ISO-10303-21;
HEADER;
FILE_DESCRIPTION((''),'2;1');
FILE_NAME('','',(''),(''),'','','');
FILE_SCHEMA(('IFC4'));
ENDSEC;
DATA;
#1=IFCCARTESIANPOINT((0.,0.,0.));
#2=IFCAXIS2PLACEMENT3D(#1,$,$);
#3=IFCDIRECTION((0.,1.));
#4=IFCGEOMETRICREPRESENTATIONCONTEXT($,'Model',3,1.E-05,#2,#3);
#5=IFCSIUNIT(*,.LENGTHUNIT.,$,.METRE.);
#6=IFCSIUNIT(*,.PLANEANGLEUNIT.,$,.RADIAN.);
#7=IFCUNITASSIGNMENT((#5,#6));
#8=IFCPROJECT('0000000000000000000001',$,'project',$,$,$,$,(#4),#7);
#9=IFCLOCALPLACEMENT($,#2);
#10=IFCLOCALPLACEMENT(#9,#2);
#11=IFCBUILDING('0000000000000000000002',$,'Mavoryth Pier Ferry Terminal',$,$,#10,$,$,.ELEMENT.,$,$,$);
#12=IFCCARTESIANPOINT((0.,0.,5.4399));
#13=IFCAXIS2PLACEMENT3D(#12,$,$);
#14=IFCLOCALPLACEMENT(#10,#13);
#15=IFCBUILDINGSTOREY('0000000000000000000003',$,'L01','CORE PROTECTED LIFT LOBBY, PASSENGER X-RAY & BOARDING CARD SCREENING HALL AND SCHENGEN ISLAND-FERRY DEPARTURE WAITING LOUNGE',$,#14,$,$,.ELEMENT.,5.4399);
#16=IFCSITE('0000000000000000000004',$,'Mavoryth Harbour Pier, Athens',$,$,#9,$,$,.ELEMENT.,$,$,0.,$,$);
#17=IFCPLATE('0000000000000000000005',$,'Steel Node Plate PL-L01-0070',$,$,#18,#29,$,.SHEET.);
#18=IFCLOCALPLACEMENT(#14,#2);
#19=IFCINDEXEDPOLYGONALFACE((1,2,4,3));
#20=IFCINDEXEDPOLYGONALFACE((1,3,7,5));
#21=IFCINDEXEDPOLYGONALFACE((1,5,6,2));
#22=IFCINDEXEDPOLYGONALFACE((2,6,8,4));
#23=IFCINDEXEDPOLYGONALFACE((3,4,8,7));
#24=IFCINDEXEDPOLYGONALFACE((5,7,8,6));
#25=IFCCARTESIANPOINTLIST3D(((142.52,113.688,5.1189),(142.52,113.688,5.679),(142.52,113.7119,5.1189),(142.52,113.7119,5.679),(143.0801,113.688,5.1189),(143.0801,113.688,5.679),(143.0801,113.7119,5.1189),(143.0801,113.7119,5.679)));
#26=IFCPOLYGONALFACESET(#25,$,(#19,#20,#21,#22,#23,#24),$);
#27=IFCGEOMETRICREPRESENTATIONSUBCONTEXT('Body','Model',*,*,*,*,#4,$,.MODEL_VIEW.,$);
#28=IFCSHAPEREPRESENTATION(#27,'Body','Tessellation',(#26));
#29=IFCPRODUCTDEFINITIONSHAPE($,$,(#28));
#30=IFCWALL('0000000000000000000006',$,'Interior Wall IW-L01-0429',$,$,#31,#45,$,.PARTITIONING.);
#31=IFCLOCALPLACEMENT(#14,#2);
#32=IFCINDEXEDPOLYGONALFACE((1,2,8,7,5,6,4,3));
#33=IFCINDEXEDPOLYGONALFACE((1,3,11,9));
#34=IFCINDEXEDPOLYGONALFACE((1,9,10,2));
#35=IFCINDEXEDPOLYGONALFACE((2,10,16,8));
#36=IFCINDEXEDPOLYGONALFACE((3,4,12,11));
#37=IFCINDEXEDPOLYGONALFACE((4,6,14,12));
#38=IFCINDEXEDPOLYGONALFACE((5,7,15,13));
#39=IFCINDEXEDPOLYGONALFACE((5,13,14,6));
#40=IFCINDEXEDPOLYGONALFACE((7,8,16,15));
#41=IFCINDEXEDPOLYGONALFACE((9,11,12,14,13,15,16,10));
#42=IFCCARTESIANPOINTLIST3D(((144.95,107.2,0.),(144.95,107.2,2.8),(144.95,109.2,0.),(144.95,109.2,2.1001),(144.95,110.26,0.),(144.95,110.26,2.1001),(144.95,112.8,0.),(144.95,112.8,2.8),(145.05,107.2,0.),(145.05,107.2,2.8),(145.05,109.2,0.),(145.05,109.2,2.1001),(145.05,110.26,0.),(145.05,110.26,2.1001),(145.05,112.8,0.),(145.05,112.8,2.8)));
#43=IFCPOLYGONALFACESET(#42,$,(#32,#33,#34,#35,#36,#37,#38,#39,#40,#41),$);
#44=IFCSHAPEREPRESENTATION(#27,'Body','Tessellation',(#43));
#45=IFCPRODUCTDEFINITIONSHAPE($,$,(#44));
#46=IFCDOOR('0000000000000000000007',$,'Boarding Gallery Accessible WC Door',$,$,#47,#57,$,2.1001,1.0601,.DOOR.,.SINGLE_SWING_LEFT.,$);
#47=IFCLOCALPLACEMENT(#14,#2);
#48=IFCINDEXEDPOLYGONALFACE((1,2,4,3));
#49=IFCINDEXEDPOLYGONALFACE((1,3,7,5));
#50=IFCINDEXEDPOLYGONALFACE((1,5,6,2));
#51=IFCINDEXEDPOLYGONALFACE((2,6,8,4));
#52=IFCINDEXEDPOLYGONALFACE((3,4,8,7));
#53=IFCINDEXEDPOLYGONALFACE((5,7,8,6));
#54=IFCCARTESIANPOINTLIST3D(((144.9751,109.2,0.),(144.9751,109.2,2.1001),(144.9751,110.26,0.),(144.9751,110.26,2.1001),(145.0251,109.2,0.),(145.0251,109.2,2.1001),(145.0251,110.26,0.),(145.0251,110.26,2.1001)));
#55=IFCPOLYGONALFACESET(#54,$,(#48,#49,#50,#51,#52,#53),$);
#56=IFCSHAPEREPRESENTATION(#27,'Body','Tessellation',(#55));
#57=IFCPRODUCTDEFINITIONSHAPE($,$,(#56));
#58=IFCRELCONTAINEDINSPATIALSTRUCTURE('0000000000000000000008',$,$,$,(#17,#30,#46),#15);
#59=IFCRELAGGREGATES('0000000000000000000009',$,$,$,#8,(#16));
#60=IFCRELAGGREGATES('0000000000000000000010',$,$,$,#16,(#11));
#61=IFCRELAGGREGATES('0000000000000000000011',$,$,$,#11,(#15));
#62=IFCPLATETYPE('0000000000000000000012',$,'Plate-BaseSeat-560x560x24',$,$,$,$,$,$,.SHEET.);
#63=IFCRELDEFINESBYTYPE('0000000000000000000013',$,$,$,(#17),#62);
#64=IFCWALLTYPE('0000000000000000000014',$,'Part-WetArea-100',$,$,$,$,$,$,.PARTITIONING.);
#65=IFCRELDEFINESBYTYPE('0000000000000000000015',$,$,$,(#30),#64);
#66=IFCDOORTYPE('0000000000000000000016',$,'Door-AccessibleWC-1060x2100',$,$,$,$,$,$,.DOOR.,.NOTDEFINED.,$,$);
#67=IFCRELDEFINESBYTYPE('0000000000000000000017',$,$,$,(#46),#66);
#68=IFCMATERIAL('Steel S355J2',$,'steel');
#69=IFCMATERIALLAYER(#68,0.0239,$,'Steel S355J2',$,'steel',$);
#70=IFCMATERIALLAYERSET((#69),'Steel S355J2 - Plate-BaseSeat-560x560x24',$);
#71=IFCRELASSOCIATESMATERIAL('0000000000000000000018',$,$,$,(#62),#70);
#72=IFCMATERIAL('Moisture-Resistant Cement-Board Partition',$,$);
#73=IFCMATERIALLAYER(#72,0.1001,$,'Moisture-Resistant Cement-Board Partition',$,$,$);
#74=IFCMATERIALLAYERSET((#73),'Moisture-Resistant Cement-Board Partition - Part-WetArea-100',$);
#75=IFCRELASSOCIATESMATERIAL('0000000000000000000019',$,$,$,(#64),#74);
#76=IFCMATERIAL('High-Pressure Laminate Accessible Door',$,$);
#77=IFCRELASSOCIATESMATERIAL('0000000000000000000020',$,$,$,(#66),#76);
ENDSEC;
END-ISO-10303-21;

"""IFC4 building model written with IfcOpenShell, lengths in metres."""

from ifc_helpers import new_model, si_unit, direction, frame, frame_2d, origin, origin_2d, place, context, subcontext, project, spatial, rectangle, extrude, material, layer, layer_set, type_object, element, fill, save


model = new_model("IFC4")

# Units and contexts
model_context = context("Model", 3, precision=1e-05, world=origin(), true_north=direction((0.0, 1.0)))
body_context = subcontext(model_context, "Body", "Model", "MODEL_VIEW")
ifc_project = project(units=[si_unit("LENGTHUNIT", "METRE"), si_unit("PLANEANGLEUNIT", "RADIAN")], contexts=[model_context])

# Site, building, storey
site_placement = place(None, origin())
site = spatial("IfcSite", under=ifc_project, at=site_placement, Name="Mavoryth Harbour Pier, Athens", CompositionType="ELEMENT", RefElevation=0.0)
building_placement = place(site_placement, origin())
building = spatial("IfcBuilding", under=site, at=building_placement, Name="Mavoryth Pier Ferry Terminal", CompositionType="ELEMENT")
storey_placement = place(building_placement, frame((0.0, 0.0, 5.4399)))
storey = spatial("IfcBuildingStorey", under=building, at=storey_placement, Name="L01", Description="CORE PROTECTED LIFT LOBBY, PASSENGER X-RAY & BOARDING CARD SCREENING HALL AND SCHENGEN ISLAND-FERRY DEPARTURE WAITING LOUNGE", CompositionType="ELEMENT", Elevation=5.4399)

# Shared definitions
ifc_material_1 = material(Name="Steel S355J2", Category="steel")

# Plate
ifc_layer_1 = layer(ifc_material_1, 0.0239, Name="Steel S355J2", Category="steel")
ifc_layer_set_1 = layer_set([ifc_layer_1], Name="Steel S355J2 - Plate-BaseSeat-560x560x24")
plate_type_1 = type_object("IfcPlateType", Name="Plate-BaseSeat-560x560x24", PredefinedType="SHEET", material=ifc_layer_set_1)
plate_1_placement = place(storey_placement, frame((142.8, 113.7, 5.1189), z_axis=(0.0, 0.0, 1.0), x_axis=(1.0, 0.0, 0.0)))
element("IfcPlate", 1, at=plate_1_placement, inside=storey, type_object=plate_type_1, Name="Steel Node Plate PL-L01-0070", PredefinedType="SHEET", context=body_context, shape_type="SweptSolid", body=[
    extrude(rectangle(XDim=0.5601, YDim=0.0239, at=origin_2d()), origin(), (0.0, 0.0, 1.0), 0.5601),
])

# Wall, opening, door
ifc_material_2 = material(Name="Moisture-Resistant Cement-Board Partition")
ifc_layer_2 = layer(ifc_material_2, 0.1001, Name="Moisture-Resistant Cement-Board Partition")
ifc_layer_set_2 = layer_set([ifc_layer_2], Name="Moisture-Resistant Cement-Board Partition - Part-WetArea-100")
wall_type = type_object("IfcWallType", Name="Part-WetArea-100", PredefinedType="PARTITIONING", material=ifc_layer_set_2)
wall_placement = place(storey_placement, frame((145.0, 107.2, 0.0), z_axis=(0.0, 0.0, 1.0), x_axis=(0.0, 1.0, 0.0)))
wall = element("IfcWall", 2, at=wall_placement, inside=storey, type_object=wall_type, Name="Interior Wall IW-L01-0429", PredefinedType="PARTITIONING", context=body_context, shape_type="SweptSolid", body=[
    extrude(rectangle(XDim=5.6001, YDim=0.1001, at=frame_2d((2.8, 0.0))), origin(), (0.0, 0.0, 1.0), 2.8),
])
opening_placement = place(wall_placement, frame((2.0, 0.0, 0.0)))
opening = element("IfcOpeningElement", 3, at=opening_placement, cuts=wall, PredefinedType="OPENING", context=body_context, shape_type="SweptSolid", body=[
    extrude(rectangle(XDim=1.0601, YDim=2.1001, at=frame_2d((0.53, 1.05))), frame((0.0, 0.0601, 0.0), z_axis=(0.0, -1.0, 0.0), x_axis=(1.0, 0.0, 0.0)), (0.0, 0.0, 1.0), 0.1201),
])
ifc_material_3 = material(Name="High-Pressure Laminate Accessible Door")
door_type = type_object("IfcDoorType", Name="Door-AccessibleWC-1060x2100", OperationType="NOTDEFINED", PredefinedType="DOOR", material=ifc_material_3)
door_placement = place(opening_placement, origin())
door = element("IfcDoor", 4, at=door_placement, inside=storey, type_object=door_type, Name="Boarding Gallery Accessible WC Door", OperationType="SINGLE_SWING_LEFT", OverallHeight=2.1001, OverallWidth=1.0601, PredefinedType="DOOR", context=body_context, shape_type="SweptSolid", body=[
    extrude(rectangle(XDim=1.0601, YDim=2.1001, at=frame_2d((0.53, 1.05))), frame((0.0, 0.0249, 0.0), z_axis=(0.0, -1.0, 0.0), x_axis=(1.0, 0.0, 0.0)), (0.0, 0.0, 1.0), 0.05),
])
fill(opening, door)

save(model, "model.ifc")
